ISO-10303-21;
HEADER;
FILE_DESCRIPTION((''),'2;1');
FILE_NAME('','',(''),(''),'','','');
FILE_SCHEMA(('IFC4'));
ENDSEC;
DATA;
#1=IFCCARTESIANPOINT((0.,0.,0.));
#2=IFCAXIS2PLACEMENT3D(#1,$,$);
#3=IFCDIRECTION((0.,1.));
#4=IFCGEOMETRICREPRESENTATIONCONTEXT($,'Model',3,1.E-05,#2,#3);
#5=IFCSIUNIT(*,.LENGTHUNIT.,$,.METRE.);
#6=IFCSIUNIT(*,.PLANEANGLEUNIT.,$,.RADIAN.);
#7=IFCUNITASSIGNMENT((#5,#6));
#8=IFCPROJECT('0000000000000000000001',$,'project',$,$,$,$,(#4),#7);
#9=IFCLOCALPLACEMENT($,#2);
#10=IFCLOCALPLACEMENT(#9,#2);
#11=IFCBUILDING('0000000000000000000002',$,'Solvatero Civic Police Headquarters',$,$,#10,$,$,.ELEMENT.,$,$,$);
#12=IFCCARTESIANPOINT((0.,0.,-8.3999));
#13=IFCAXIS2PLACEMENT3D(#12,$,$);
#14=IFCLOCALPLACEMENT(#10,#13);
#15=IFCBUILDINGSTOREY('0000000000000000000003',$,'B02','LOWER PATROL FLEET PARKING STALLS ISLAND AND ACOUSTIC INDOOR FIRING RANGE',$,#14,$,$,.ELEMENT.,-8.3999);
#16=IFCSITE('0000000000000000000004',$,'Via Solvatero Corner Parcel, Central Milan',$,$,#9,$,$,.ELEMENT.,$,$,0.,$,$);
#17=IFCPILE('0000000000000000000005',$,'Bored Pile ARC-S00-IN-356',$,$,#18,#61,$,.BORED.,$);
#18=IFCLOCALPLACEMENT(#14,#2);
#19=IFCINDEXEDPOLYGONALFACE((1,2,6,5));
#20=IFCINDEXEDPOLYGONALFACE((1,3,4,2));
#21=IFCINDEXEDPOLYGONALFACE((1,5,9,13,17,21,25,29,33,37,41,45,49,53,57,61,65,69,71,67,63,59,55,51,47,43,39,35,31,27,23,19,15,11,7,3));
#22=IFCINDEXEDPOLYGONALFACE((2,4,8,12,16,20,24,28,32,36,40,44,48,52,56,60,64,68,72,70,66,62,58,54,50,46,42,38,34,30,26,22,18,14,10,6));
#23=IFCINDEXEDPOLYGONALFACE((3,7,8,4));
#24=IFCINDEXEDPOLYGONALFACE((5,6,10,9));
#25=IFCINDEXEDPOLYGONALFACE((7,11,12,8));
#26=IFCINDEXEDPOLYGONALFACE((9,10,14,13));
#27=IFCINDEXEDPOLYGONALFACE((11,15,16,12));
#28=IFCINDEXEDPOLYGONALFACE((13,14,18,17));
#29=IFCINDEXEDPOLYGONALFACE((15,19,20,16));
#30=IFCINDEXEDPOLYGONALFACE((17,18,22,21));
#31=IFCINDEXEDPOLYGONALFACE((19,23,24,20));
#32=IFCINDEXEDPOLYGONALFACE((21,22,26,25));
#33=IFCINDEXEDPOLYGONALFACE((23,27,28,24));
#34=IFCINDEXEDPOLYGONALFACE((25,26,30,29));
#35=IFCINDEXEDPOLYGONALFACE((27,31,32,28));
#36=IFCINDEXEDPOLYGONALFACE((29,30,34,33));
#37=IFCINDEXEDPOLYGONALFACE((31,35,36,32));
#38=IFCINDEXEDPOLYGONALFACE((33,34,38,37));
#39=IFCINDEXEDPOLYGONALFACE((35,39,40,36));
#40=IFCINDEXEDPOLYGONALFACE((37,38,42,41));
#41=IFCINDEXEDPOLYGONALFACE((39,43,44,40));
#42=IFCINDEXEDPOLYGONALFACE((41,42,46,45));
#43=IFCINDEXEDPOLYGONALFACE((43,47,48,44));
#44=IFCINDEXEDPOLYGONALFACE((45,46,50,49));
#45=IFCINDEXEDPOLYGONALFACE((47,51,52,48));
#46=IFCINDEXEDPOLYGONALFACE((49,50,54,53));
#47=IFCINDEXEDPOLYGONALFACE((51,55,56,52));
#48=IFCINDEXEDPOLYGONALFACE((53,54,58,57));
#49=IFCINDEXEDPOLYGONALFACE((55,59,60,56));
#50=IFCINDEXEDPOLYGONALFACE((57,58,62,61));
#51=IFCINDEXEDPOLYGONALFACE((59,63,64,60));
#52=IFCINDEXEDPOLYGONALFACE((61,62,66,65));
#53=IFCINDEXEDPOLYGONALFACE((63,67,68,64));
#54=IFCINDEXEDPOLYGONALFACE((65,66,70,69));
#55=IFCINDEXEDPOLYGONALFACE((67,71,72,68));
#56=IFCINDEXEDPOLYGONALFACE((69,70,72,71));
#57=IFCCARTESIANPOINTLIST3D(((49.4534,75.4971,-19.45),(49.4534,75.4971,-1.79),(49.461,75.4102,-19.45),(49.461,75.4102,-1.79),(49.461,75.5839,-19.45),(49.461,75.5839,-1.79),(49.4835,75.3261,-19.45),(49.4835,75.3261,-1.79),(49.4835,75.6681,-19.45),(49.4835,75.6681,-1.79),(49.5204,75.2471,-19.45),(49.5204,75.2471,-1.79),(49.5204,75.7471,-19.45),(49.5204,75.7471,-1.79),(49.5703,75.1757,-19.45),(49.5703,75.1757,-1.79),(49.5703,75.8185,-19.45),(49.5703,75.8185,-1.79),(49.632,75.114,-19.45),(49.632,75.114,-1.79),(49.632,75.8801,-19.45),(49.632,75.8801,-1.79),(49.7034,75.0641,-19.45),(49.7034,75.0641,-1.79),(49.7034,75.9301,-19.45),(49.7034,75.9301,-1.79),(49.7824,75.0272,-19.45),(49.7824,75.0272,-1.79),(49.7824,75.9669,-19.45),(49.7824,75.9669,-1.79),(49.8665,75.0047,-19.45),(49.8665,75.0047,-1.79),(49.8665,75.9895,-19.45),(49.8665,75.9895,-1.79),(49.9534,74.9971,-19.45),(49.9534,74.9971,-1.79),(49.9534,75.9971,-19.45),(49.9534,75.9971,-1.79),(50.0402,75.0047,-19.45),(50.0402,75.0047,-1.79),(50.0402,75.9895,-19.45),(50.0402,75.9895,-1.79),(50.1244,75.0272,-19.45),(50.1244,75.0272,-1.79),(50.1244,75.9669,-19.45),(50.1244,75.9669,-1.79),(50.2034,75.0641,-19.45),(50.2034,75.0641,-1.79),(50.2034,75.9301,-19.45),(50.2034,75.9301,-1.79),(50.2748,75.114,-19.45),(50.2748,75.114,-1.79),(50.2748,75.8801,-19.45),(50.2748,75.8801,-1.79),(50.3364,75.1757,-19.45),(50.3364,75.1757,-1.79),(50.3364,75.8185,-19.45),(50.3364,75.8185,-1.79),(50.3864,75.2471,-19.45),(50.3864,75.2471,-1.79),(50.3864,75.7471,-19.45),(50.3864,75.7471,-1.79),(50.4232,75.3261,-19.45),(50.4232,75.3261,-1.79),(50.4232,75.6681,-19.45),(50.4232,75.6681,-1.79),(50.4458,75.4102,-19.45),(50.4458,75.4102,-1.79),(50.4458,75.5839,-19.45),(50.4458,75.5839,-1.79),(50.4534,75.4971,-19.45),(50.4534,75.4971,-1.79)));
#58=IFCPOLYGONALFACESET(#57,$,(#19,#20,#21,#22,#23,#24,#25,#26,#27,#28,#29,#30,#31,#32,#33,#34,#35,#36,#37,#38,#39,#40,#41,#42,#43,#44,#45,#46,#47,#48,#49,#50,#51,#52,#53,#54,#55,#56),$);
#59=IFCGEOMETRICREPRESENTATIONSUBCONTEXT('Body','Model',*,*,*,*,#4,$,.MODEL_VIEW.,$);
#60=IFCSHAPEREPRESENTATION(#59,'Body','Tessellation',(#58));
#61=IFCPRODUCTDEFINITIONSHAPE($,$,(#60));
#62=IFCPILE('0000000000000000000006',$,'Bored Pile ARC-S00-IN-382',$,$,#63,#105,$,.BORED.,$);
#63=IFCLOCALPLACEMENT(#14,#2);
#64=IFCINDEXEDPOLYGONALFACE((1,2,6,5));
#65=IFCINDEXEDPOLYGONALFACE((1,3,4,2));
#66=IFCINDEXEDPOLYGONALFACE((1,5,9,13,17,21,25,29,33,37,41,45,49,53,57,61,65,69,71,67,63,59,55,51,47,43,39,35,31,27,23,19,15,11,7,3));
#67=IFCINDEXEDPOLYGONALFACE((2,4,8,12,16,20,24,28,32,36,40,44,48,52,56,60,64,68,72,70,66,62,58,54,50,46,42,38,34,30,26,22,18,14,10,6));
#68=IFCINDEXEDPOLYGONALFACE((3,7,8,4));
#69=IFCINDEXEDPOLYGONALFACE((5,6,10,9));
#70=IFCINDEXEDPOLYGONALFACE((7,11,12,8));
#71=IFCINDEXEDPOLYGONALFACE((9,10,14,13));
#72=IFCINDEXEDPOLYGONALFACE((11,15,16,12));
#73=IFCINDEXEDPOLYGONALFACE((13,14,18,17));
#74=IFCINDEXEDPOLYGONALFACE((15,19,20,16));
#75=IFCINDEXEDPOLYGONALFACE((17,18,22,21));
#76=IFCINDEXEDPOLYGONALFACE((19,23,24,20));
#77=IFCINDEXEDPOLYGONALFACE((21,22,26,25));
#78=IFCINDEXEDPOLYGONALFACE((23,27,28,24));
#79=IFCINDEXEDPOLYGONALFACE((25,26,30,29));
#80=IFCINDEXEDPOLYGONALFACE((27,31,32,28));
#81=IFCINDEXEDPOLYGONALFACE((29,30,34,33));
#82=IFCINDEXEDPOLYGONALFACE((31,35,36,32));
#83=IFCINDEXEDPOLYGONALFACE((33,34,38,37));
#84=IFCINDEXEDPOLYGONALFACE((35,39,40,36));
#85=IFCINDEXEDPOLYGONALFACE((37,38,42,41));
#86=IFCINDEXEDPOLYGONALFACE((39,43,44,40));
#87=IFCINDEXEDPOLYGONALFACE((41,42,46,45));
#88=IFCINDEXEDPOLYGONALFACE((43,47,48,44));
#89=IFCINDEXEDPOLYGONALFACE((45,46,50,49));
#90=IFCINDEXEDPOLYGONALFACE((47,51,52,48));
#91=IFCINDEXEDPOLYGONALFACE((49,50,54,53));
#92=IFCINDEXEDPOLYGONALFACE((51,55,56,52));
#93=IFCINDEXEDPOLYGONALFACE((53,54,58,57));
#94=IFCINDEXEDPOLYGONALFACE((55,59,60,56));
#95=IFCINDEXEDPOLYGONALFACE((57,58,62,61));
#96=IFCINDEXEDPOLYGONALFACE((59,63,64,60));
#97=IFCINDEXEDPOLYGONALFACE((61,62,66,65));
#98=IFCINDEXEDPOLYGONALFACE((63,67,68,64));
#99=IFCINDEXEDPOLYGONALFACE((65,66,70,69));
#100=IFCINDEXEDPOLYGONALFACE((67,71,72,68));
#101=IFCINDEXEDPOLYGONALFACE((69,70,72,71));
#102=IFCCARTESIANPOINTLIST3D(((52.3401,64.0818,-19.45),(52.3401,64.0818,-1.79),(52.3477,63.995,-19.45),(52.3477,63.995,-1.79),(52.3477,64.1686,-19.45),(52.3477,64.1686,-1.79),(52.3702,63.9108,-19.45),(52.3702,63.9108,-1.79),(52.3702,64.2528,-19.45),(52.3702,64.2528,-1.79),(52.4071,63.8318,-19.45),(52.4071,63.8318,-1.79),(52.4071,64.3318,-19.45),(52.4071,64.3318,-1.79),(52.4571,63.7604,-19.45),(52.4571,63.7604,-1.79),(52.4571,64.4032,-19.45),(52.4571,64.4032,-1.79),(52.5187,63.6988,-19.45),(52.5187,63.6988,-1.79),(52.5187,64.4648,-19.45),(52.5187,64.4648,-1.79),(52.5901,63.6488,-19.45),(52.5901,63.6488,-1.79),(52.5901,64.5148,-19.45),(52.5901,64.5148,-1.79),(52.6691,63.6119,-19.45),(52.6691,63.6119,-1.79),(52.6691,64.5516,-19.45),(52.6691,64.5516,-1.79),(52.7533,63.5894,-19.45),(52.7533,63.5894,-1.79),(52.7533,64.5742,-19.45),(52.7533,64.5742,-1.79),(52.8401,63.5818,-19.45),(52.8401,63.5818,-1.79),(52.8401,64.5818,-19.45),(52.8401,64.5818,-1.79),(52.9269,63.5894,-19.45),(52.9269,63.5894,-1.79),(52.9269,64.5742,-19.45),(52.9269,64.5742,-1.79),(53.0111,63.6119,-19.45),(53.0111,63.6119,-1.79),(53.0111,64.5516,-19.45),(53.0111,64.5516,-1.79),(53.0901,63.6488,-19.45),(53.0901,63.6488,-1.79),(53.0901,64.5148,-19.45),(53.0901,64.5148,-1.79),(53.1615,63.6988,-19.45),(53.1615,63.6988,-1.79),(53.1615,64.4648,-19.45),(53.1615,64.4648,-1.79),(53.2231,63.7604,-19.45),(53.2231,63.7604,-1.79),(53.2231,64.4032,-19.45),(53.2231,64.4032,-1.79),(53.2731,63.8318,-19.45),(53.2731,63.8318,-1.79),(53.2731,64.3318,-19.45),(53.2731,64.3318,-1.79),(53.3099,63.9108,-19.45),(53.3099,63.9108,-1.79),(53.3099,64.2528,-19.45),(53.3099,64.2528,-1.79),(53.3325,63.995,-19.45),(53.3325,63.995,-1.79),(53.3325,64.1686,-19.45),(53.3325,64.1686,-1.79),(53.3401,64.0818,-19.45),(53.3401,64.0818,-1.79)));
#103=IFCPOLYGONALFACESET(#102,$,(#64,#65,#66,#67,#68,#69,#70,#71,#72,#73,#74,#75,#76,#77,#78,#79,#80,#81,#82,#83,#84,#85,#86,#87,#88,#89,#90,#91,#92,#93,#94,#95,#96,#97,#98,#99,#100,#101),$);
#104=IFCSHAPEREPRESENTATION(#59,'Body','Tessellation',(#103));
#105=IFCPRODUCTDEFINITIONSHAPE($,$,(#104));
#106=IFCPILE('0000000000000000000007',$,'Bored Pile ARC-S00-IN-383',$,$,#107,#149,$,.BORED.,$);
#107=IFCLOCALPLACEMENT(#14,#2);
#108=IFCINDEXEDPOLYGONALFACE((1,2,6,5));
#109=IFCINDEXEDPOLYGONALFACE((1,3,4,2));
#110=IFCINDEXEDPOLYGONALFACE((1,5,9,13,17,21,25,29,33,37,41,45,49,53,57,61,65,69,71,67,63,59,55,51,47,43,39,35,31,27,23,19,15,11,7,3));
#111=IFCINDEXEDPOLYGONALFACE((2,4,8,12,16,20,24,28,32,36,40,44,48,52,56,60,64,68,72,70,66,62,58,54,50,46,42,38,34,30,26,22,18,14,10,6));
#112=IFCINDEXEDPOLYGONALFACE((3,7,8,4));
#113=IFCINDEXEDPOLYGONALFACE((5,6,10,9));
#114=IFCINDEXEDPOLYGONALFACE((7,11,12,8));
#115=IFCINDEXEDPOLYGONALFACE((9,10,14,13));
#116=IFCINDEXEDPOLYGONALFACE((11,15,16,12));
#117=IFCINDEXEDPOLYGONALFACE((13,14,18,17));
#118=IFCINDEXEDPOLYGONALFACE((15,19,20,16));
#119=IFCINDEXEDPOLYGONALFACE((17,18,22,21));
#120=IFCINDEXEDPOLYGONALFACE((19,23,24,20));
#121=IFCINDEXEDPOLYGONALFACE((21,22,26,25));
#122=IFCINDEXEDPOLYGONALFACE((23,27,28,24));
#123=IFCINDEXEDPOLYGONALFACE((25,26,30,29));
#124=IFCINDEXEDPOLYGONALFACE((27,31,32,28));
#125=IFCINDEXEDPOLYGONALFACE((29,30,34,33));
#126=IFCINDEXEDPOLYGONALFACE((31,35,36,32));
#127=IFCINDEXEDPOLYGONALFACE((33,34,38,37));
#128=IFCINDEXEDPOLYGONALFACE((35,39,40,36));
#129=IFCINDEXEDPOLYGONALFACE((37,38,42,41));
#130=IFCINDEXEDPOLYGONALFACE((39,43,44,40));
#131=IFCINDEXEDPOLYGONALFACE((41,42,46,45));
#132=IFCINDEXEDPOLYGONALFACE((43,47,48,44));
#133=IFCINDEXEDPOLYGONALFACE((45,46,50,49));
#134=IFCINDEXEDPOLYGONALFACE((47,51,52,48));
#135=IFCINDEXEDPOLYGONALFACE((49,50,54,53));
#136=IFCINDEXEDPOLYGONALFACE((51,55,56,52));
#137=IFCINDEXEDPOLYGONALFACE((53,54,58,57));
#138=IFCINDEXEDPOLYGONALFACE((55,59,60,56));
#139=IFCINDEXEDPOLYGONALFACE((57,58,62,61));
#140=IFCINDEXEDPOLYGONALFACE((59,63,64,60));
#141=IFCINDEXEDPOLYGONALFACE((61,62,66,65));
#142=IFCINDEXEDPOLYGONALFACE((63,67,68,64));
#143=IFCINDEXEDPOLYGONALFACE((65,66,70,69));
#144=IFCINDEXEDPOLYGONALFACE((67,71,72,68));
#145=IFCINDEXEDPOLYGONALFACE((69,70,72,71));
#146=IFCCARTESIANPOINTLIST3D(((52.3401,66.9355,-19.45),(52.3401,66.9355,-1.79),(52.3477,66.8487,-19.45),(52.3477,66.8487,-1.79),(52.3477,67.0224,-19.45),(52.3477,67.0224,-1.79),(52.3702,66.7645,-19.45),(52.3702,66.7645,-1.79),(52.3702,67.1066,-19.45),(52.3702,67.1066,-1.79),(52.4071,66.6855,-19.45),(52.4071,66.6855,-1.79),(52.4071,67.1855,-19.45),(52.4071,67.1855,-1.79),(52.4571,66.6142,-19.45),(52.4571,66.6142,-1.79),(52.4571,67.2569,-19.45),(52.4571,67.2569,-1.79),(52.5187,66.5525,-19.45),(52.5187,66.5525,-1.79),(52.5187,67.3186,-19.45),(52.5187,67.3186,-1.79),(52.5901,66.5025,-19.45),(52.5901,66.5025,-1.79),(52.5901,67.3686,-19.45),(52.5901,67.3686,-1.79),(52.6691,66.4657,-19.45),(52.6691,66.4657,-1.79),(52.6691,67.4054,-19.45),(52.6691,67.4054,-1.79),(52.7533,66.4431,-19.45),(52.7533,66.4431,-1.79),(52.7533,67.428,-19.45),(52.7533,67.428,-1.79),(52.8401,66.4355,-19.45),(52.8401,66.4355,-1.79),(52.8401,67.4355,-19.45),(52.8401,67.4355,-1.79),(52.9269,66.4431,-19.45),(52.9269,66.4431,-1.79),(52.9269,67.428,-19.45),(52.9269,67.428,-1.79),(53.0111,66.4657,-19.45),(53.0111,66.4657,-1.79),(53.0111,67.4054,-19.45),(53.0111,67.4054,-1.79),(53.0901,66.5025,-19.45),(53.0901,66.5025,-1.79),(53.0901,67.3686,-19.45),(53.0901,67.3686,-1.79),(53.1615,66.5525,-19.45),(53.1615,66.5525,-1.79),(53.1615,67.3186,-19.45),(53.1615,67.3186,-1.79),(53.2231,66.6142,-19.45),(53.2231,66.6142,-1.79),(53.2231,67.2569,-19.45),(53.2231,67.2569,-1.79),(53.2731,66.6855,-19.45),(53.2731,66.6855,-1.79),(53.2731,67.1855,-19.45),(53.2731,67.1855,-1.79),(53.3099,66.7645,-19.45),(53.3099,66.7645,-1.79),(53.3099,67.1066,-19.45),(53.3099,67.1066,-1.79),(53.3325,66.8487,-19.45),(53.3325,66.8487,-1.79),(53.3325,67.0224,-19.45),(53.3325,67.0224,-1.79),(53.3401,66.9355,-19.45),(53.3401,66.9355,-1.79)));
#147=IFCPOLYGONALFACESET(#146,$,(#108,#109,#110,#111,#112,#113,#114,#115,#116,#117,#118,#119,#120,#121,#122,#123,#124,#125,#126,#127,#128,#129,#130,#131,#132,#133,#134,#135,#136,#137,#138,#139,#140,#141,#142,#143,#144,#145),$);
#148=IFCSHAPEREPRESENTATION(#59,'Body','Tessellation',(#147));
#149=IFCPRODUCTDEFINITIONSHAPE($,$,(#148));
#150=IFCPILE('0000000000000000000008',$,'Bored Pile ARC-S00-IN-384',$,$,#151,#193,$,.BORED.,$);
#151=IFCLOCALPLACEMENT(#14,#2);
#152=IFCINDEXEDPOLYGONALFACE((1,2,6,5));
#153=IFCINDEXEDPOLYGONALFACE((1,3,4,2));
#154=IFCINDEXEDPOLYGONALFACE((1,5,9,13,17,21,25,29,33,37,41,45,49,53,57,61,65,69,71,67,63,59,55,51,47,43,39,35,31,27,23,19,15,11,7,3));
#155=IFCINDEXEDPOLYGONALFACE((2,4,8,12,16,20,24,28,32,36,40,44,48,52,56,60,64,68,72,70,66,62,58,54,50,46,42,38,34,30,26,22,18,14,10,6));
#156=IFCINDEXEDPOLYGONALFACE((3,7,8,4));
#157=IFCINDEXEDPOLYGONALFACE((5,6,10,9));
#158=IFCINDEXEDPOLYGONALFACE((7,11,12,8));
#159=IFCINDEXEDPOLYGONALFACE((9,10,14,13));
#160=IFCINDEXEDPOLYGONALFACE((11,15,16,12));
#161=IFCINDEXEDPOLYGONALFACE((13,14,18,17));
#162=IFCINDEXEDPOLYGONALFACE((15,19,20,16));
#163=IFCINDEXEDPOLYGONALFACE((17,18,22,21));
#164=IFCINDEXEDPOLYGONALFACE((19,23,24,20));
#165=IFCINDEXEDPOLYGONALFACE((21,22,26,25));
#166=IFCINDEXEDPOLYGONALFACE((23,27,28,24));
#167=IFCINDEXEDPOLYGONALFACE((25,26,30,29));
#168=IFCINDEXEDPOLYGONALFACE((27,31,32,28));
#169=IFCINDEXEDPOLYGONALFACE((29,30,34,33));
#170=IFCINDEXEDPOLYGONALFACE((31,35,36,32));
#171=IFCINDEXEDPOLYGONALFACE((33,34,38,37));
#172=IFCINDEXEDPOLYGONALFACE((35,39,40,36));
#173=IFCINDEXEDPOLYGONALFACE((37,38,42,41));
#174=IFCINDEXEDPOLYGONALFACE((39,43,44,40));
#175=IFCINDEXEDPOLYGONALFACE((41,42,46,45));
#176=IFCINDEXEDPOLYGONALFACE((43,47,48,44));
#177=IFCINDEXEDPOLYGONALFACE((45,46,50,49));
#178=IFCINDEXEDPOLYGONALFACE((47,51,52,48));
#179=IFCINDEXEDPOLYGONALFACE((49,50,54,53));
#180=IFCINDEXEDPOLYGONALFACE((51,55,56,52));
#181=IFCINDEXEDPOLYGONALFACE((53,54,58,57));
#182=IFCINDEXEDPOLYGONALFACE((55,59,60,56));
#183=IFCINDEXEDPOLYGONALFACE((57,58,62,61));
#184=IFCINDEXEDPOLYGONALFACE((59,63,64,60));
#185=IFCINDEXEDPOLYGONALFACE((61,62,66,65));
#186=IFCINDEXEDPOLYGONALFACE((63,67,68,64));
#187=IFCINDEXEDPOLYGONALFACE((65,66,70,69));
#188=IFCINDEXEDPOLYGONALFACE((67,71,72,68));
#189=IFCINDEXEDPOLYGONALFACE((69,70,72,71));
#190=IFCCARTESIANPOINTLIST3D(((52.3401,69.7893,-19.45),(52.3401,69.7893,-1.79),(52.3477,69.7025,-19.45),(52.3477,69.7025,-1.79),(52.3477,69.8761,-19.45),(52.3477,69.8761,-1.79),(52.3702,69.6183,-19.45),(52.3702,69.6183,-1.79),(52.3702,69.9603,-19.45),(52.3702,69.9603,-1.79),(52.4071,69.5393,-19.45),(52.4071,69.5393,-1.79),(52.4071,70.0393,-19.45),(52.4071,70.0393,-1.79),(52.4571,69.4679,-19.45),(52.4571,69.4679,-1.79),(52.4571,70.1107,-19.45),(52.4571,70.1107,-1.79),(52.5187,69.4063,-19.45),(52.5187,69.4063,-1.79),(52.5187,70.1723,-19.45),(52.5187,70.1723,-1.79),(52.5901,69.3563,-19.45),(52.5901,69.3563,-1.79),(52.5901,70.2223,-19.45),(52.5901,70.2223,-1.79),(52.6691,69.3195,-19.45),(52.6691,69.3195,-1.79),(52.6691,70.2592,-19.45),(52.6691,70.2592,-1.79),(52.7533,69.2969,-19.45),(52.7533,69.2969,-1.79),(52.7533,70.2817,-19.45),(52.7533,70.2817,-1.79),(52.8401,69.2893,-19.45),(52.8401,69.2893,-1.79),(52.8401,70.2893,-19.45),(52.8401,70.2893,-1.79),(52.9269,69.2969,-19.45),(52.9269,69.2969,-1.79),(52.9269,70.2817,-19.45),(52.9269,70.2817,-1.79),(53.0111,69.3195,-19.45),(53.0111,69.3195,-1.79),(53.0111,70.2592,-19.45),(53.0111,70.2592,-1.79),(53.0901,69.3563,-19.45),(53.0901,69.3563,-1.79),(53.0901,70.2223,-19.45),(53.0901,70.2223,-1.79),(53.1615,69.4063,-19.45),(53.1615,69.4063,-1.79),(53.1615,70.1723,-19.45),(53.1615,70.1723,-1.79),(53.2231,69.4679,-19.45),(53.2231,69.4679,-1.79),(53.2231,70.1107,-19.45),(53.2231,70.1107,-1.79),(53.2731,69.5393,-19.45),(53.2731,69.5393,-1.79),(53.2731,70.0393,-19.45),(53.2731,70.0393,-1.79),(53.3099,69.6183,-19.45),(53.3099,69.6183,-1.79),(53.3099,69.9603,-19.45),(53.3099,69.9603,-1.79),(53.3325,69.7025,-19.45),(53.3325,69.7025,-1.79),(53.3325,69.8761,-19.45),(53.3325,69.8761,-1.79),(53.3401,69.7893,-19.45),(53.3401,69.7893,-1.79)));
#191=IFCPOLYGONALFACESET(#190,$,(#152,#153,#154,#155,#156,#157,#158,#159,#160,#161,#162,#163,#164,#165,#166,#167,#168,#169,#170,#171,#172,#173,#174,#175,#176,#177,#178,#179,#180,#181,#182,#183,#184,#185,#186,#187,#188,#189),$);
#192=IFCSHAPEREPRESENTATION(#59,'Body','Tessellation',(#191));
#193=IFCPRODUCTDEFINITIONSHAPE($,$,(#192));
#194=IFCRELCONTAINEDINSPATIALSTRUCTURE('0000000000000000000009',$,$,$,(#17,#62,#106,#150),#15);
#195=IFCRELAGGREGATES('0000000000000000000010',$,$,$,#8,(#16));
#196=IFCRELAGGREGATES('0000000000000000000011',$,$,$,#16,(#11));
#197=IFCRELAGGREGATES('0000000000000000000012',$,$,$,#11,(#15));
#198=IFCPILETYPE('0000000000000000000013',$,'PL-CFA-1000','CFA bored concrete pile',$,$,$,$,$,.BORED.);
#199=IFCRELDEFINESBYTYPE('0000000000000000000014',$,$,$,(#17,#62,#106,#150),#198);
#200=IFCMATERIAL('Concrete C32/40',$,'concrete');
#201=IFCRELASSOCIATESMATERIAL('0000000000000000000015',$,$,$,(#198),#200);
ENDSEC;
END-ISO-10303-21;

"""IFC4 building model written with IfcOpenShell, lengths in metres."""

from ifc_helpers import new_model, si_unit, direction, frame, origin, origin_2d, place, context, subcontext, project, spatial, circle, extrude, material, material_profile, profile_set, type_object, element, save


model = new_model("IFC4")

# Units and contexts
model_context = context("Model", 3, precision=1e-05, world=origin(), true_north=direction((0.0, 1.0)))
body_context = subcontext(model_context, "Body", "Model", "MODEL_VIEW")
ifc_project = project(units=[si_unit("LENGTHUNIT", "METRE"), si_unit("PLANEANGLEUNIT", "RADIAN")], contexts=[model_context])

# Site, building, storey
site_placement = place(None, origin())
site = spatial("IfcSite", under=ifc_project, at=site_placement, Name="Via Solvatero Corner Parcel, Central Milan", CompositionType="ELEMENT", RefElevation=0.0)
building_placement = place(site_placement, origin())
building = spatial("IfcBuilding", under=site, at=building_placement, Name="Solvatero Civic Police Headquarters", CompositionType="ELEMENT")
storey_placement = place(building_placement, frame((0.0, 0.0, -8.3999)))
storey = spatial("IfcBuildingStorey", under=building, at=storey_placement, Name="B02", Description="LOWER PATROL FLEET PARKING STALLS ISLAND AND ACOUSTIC INDOOR FIRING RANGE", CompositionType="ELEMENT", Elevation=-8.3999)

# Piles
ifc_material_1 = material(Name="Concrete C32/40", Category="concrete")
ifc_material_profile_1 = material_profile(ifc_material_1, circle(Radius=0.5, at=origin_2d()), Name="CFA PILE D1000")
ifc_profile_set_1 = profile_set([ifc_material_profile_1], Name="Concrete C32/40")
pile_type = type_object("IfcPileType", Name="PL-CFA-1000", Description="CFA bored concrete pile", PredefinedType="BORED", material=ifc_profile_set_1)
for number, where, z_axis, x_axis, name in (
    (1, (49.9534, 75.4971, -1.79), (0.0, 0.0, -1.0), (1.0, 0.0, 0.0), "Bored Pile ARC-S00-IN-356"),
    (2, (52.8401, 64.0818, -1.79), (0.0, 0.0, -1.0), (1.0, 0.0, 0.0), "Bored Pile ARC-S00-IN-382"),
    (3, (52.8401, 66.9355, -1.79), (0.0, 0.0, -1.0), (1.0, 0.0, 0.0), "Bored Pile ARC-S00-IN-383"),
    (4, (52.8401, 69.7893, -1.79), (0.0, 0.0, -1.0), (1.0, 0.0, 0.0), "Bored Pile ARC-S00-IN-384"),
):
    element("IfcPile", number, at=place(storey_placement, frame(where, z_axis=z_axis, x_axis=x_axis)), inside=storey, type_object=pile_type, Name=name, PredefinedType="BORED", context=body_context, shape_type="SweptSolid", body=[
        extrude(circle(Radius=0.5, at=origin_2d()), origin(), (0.0, 0.0, 1.0), 17.6599),
    ])

save(model, "model.ifc")
